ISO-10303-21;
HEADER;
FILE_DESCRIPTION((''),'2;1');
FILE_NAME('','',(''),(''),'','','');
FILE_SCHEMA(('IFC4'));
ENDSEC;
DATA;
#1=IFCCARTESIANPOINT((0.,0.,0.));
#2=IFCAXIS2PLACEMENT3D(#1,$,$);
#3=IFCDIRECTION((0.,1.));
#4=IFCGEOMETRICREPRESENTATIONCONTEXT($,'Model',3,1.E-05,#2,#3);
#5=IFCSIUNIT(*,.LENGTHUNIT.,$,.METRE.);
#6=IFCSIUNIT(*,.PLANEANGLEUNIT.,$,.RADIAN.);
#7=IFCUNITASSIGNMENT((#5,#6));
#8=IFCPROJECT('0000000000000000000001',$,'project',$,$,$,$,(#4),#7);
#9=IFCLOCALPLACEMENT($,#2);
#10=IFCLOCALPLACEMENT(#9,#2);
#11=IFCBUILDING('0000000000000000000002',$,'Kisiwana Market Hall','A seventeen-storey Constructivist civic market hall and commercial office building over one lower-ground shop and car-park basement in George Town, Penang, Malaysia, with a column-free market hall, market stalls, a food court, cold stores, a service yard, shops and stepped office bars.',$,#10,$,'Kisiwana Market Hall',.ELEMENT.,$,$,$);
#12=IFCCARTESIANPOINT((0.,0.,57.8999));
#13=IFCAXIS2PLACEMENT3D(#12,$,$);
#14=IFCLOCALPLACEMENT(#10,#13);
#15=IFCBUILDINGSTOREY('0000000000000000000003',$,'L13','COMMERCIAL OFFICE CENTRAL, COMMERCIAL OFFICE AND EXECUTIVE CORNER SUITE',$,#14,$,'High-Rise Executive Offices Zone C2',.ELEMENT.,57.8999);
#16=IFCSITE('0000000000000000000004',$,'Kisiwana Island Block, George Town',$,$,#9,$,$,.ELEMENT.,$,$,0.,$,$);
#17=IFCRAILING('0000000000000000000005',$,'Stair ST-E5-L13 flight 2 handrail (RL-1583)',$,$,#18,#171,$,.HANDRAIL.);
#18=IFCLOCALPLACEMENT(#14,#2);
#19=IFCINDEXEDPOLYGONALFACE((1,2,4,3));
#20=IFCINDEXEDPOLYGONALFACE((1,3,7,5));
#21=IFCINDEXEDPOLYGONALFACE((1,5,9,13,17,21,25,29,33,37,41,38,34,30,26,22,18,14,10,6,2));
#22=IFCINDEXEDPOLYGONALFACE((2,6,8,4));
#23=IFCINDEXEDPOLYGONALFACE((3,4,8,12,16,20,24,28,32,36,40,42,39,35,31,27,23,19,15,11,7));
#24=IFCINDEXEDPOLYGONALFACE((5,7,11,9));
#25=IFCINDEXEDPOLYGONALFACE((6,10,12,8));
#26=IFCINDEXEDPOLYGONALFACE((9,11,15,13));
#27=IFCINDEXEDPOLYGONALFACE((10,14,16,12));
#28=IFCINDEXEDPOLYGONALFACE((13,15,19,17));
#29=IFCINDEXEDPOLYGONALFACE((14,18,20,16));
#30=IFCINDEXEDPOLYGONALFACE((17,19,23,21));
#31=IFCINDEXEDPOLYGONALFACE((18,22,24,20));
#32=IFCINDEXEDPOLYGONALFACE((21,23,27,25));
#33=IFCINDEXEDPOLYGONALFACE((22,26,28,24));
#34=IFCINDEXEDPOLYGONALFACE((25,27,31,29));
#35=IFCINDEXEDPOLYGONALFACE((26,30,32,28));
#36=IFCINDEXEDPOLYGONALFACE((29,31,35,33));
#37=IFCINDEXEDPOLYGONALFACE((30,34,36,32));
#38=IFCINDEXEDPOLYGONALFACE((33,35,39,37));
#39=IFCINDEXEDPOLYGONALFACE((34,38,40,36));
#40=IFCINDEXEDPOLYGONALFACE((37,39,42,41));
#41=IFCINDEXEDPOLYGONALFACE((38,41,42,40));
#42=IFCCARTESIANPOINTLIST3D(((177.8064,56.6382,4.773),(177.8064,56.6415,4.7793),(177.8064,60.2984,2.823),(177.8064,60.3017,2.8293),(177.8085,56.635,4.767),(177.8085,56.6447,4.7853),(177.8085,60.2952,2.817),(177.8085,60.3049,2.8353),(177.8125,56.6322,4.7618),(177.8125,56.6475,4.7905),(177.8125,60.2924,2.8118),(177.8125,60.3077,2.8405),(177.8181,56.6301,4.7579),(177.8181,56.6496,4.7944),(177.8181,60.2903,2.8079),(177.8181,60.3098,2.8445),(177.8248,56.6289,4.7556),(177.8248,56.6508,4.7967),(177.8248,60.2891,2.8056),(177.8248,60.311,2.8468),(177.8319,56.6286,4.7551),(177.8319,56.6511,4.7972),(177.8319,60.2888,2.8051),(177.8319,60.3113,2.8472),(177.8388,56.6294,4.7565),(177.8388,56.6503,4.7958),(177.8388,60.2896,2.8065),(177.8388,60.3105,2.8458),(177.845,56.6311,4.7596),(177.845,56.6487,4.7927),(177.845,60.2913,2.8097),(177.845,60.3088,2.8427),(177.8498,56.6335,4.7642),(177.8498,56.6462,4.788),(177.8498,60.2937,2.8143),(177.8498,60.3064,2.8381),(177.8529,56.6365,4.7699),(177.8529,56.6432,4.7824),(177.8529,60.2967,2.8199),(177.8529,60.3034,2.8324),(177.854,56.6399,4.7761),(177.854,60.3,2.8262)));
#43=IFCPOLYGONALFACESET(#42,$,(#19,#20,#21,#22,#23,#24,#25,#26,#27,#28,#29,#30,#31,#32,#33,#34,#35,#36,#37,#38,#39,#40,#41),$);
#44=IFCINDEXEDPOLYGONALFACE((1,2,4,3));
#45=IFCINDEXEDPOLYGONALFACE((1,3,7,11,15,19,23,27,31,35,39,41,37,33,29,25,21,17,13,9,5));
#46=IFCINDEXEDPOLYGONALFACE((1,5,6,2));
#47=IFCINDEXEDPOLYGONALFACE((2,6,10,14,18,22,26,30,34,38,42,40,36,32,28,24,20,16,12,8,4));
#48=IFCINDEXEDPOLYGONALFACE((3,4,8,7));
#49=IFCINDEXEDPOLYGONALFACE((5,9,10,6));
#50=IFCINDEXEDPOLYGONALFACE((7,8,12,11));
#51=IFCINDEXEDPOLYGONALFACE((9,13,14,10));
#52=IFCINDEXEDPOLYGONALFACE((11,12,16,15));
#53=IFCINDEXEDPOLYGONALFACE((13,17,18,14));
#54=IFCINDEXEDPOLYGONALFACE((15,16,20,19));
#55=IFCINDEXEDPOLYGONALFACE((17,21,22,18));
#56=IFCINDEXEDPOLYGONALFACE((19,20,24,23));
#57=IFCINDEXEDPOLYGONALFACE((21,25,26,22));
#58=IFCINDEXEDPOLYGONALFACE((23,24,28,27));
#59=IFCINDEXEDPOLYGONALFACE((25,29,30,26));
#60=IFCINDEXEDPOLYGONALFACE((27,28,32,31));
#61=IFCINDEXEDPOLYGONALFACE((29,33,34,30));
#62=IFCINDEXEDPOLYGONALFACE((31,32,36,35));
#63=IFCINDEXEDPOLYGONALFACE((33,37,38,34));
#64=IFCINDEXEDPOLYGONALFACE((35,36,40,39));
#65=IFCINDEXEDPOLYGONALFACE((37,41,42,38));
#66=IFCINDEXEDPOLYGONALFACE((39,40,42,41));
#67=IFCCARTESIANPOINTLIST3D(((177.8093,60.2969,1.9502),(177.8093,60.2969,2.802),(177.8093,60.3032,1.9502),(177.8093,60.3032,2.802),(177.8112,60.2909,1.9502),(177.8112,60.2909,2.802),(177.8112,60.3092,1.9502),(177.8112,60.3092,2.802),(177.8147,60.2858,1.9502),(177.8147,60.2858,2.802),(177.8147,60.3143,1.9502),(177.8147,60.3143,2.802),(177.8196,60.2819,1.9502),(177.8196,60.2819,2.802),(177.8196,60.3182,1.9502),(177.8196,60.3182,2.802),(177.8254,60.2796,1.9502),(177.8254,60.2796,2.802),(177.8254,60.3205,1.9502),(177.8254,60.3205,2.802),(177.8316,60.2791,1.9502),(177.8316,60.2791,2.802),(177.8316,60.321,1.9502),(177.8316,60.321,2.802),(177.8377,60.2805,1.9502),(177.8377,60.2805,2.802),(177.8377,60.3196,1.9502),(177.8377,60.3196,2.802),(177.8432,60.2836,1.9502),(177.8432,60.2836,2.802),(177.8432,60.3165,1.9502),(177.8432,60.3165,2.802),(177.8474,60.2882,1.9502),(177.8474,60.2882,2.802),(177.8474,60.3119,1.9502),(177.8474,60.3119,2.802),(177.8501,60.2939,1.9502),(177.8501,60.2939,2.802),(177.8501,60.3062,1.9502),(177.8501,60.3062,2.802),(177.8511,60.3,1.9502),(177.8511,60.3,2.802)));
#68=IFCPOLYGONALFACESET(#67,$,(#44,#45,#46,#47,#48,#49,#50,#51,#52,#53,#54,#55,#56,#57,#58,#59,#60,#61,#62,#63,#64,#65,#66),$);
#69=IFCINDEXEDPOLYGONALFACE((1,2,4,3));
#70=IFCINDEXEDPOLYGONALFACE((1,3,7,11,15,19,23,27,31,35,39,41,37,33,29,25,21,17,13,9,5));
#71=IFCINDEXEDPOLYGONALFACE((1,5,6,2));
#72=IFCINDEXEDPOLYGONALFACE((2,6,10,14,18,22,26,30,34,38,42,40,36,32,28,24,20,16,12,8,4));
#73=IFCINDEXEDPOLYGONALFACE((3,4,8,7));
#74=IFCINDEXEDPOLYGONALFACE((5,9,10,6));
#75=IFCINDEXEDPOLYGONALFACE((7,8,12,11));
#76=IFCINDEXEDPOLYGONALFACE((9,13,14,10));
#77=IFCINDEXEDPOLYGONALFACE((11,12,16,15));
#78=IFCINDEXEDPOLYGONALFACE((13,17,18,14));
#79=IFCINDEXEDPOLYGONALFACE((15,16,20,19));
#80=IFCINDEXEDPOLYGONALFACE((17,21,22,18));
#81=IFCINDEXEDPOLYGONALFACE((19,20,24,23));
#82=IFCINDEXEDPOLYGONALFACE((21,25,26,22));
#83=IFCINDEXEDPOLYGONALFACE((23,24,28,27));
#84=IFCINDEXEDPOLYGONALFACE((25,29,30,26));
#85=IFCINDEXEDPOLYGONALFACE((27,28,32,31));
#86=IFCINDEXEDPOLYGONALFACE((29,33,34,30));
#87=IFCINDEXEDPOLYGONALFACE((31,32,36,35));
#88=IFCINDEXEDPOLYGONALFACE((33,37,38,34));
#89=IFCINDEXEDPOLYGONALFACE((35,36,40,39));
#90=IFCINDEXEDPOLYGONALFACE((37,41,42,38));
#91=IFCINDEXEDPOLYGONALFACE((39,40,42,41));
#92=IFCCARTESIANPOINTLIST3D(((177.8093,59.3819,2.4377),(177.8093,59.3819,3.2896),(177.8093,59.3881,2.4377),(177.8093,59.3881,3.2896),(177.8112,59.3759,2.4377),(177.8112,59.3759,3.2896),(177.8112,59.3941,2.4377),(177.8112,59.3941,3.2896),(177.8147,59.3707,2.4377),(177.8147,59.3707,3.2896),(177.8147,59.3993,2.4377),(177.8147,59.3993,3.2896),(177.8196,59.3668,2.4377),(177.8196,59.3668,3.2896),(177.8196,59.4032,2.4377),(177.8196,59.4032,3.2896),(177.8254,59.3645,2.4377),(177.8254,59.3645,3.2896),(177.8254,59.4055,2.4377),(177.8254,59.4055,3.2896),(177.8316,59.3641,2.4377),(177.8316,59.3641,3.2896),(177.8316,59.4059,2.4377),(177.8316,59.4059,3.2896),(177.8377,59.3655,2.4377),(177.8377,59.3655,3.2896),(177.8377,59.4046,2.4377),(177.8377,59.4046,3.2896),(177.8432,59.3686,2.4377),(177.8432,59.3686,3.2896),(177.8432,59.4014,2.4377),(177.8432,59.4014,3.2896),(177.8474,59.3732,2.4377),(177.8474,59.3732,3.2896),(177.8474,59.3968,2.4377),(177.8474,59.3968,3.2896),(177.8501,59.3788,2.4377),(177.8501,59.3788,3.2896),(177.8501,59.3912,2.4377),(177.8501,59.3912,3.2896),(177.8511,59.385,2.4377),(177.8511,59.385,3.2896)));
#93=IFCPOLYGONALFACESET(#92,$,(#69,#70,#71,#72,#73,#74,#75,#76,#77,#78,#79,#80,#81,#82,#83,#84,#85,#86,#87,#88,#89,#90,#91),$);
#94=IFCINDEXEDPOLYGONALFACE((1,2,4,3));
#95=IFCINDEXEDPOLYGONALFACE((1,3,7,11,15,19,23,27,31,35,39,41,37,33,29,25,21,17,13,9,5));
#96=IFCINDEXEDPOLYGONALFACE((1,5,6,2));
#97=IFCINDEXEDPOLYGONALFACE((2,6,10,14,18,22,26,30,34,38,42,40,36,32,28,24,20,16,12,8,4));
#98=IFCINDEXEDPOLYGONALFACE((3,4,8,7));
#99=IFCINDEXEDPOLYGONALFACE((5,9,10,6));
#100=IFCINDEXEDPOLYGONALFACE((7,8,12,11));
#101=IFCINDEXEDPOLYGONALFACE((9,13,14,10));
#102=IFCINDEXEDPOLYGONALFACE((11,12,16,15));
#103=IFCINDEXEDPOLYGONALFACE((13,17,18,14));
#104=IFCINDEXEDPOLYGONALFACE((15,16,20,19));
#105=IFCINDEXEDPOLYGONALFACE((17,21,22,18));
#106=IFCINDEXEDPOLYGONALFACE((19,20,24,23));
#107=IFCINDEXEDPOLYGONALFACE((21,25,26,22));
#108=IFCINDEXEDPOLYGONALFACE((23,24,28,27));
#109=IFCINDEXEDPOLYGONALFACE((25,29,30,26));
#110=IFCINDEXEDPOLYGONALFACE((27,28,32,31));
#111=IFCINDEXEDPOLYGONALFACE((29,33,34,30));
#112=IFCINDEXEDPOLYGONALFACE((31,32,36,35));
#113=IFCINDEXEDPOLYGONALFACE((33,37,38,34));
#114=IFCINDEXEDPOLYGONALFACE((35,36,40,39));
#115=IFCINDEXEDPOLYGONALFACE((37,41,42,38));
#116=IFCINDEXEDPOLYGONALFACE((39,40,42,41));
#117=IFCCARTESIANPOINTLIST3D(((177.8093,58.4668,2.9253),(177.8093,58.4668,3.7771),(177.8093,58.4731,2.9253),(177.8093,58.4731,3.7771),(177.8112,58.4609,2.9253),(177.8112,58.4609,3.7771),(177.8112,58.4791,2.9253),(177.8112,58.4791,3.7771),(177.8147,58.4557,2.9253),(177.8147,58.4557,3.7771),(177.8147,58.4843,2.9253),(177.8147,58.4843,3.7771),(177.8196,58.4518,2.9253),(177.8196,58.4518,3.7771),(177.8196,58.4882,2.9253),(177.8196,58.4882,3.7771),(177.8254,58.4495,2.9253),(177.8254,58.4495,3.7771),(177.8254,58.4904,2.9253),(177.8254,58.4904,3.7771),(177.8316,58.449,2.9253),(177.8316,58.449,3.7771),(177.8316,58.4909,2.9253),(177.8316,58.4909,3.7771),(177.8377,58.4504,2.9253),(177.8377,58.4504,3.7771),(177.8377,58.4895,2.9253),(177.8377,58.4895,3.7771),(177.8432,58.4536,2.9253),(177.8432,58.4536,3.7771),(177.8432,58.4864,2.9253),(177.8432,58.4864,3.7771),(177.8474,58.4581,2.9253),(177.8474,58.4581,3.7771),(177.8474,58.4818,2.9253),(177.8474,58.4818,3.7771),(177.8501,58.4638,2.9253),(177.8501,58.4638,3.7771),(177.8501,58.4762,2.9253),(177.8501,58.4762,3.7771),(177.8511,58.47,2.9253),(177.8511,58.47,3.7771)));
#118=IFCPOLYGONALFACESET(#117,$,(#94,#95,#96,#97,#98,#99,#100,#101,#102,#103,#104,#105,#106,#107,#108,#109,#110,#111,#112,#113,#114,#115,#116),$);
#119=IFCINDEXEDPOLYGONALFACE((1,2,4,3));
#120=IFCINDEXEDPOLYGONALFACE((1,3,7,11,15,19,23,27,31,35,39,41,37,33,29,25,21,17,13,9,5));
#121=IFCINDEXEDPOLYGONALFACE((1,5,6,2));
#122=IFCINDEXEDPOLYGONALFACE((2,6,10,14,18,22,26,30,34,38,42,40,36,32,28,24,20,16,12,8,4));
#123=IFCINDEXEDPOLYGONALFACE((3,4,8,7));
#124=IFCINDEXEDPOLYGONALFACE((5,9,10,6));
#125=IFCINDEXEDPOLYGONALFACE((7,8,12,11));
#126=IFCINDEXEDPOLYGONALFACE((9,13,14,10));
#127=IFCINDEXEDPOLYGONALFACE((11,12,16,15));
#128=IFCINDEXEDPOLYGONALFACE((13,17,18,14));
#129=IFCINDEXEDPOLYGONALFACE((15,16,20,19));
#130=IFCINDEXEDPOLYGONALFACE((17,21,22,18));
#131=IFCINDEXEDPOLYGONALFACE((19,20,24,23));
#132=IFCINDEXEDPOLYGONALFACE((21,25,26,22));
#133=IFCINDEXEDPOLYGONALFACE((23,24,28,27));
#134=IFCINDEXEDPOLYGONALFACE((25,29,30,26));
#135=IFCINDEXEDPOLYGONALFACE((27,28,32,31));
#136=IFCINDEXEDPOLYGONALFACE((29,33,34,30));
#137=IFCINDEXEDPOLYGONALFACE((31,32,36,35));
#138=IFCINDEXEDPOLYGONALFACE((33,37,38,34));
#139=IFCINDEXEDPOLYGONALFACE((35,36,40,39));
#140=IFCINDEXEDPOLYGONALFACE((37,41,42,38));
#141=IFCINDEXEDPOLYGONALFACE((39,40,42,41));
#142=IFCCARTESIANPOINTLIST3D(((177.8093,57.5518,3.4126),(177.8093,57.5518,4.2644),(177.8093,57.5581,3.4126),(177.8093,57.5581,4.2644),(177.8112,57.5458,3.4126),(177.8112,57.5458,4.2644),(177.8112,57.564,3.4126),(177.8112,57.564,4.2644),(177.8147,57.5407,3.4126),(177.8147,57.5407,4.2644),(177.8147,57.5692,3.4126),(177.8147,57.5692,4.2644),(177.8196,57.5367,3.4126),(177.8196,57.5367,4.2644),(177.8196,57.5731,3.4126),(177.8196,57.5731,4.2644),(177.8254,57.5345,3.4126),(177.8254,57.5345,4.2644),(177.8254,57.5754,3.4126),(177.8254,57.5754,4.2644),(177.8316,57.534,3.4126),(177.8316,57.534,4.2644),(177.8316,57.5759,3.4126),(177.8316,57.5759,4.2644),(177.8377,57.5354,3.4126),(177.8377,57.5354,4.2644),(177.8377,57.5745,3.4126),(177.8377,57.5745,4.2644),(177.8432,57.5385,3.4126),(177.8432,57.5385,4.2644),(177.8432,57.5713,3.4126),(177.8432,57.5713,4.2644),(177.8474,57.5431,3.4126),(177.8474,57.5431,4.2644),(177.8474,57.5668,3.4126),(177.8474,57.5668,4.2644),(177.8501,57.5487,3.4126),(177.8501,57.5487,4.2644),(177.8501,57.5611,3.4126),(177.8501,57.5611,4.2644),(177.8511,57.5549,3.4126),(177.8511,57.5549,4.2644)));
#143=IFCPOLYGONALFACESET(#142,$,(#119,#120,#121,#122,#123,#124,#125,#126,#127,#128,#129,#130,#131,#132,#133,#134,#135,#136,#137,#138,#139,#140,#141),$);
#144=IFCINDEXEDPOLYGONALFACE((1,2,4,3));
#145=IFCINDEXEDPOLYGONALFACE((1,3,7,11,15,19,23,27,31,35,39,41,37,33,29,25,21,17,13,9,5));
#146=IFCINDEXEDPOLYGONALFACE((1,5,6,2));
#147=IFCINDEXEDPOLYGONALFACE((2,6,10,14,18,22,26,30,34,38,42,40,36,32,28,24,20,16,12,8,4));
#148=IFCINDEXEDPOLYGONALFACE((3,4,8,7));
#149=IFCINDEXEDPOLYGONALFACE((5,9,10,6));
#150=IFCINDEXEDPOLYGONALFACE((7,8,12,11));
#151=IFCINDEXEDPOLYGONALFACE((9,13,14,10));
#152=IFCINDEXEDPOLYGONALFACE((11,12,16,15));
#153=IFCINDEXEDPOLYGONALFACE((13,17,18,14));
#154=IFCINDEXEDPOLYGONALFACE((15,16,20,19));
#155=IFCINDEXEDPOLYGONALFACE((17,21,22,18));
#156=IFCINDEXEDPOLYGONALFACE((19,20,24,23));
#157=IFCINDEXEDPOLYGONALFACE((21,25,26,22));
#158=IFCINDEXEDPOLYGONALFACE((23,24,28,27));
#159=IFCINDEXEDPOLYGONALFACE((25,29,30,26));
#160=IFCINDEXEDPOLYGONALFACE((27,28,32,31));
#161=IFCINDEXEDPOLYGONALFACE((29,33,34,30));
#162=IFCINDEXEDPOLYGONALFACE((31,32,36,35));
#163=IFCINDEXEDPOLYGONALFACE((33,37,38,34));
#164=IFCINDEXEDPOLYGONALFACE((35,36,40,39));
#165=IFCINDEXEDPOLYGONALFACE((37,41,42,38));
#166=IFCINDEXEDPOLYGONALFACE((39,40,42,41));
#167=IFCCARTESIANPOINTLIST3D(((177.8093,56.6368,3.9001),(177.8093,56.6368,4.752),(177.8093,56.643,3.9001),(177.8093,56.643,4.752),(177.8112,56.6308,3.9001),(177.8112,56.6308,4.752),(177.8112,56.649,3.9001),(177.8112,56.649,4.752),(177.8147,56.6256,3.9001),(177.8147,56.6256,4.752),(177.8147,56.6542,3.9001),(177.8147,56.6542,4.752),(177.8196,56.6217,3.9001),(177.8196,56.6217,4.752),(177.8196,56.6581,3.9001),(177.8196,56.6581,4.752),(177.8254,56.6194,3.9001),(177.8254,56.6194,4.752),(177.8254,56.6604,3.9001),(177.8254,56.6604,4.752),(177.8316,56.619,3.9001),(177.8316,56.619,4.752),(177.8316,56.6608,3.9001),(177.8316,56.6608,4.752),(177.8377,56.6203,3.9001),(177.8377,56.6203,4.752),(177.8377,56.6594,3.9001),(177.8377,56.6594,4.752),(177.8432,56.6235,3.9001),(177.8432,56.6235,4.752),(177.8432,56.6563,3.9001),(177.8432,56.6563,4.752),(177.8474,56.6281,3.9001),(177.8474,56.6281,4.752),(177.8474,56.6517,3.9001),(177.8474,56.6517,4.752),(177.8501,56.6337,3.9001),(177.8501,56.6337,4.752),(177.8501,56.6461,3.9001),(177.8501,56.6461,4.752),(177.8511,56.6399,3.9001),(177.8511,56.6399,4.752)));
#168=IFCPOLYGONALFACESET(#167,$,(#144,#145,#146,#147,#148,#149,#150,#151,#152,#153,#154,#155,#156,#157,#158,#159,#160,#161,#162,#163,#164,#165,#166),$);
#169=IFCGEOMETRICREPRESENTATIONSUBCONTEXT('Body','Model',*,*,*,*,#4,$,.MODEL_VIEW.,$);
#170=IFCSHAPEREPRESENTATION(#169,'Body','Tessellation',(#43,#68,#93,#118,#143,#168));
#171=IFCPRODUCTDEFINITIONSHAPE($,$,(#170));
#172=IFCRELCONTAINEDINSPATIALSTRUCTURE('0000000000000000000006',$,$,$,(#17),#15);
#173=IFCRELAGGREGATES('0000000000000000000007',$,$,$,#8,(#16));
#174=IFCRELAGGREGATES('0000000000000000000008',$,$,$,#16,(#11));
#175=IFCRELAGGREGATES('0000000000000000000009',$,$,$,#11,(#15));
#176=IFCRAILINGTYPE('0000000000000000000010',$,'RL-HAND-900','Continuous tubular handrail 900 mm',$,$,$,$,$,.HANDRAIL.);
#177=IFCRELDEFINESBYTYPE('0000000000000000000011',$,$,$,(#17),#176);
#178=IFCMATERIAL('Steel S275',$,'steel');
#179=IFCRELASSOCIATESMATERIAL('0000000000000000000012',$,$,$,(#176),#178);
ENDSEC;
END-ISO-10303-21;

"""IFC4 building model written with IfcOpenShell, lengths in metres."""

from ifc_helpers import new_model, si_unit, direction, frame, origin, origin_2d, place, context, subcontext, project, spatial, circle, extrude, material, type_object, element, save


model = new_model("IFC4")

# Units and contexts
model_context = context("Model", 3, precision=1e-05, world=origin(), true_north=direction((0.0, 1.0)))
body_context = subcontext(model_context, "Body", "Model", "MODEL_VIEW")
ifc_project = project(units=[si_unit("LENGTHUNIT", "METRE"), si_unit("PLANEANGLEUNIT", "RADIAN")], contexts=[model_context])

# Site, building, storey
site_placement = place(None, origin())
site = spatial("IfcSite", under=ifc_project, at=site_placement, Name="Kisiwana Island Block, George Town", CompositionType="ELEMENT", RefElevation=0.0)
building_placement = place(site_placement, origin())
building = spatial("IfcBuilding", under=site, at=building_placement, Name="Kisiwana Market Hall", Description="A seventeen-storey Constructivist civic market hall and commercial office building over one lower-ground shop and car-park basement in George Town, Penang, Malaysia, with a column-free market hall, market stalls, a food court, cold stores, a service yard, shops and stepped office bars.", LongName="Kisiwana Market Hall", CompositionType="ELEMENT")
storey_placement = place(building_placement, frame((0.0, 0.0, 57.8999)))
storey = spatial("IfcBuildingStorey", under=building, at=storey_placement, Name="L13", Description="COMMERCIAL OFFICE CENTRAL, COMMERCIAL OFFICE AND EXECUTIVE CORNER SUITE", LongName="High-Rise Executive Offices Zone C2", CompositionType="ELEMENT", Elevation=57.8999)

# Railing
ifc_material_1 = material(Name="Steel S275", Category="steel")
railing_type_1 = type_object("IfcRailingType", Name="RL-HAND-900", Description="Continuous tubular handrail 900 mm", PredefinedType="HANDRAIL", material=ifc_material_1)
railing_1_placement = place(storey_placement, frame((177.8301, 60.3, 1.9502)))
element("IfcRailing", 1, at=railing_1_placement, inside=storey, type_object=railing_type_1, Name="Stair ST-E5-L13 flight 2 handrail (RL-1583)", PredefinedType="HANDRAIL", context=body_context, shape_type="SweptSolid", body=[
    extrude(circle(Radius=0.0239, at=origin_2d()), frame((0.0, 0.0, 0.876), z_axis=(0.0, -0.882566, 0.470188), x_axis=(1.0, 0.0, 0.0)), (0.0, 0.0, 1.0), 4.1472),
    extrude(circle(Radius=0.021, at=origin_2d()), origin(), (0.0, 0.0, 1.0), 0.8518),
    extrude(circle(Radius=0.021, at=origin_2d()), frame((0.0, -0.915, 0.4875)), (0.0, 0.0, 1.0), 0.8518),
    extrude(circle(Radius=0.021, at=origin_2d()), frame((0.0, -1.8301, 0.9751)), (0.0, 0.0, 1.0), 0.8518),
    extrude(circle(Radius=0.021, at=origin_2d()), frame((0.0, -2.7451, 1.4624)), (0.0, 0.0, 1.0), 0.8518),
    extrude(circle(Radius=0.021, at=origin_2d()), frame((0.0, -3.6602, 1.95)), (0.0, 0.0, 1.0), 0.8518),
])

save(model, "model.ifc")
